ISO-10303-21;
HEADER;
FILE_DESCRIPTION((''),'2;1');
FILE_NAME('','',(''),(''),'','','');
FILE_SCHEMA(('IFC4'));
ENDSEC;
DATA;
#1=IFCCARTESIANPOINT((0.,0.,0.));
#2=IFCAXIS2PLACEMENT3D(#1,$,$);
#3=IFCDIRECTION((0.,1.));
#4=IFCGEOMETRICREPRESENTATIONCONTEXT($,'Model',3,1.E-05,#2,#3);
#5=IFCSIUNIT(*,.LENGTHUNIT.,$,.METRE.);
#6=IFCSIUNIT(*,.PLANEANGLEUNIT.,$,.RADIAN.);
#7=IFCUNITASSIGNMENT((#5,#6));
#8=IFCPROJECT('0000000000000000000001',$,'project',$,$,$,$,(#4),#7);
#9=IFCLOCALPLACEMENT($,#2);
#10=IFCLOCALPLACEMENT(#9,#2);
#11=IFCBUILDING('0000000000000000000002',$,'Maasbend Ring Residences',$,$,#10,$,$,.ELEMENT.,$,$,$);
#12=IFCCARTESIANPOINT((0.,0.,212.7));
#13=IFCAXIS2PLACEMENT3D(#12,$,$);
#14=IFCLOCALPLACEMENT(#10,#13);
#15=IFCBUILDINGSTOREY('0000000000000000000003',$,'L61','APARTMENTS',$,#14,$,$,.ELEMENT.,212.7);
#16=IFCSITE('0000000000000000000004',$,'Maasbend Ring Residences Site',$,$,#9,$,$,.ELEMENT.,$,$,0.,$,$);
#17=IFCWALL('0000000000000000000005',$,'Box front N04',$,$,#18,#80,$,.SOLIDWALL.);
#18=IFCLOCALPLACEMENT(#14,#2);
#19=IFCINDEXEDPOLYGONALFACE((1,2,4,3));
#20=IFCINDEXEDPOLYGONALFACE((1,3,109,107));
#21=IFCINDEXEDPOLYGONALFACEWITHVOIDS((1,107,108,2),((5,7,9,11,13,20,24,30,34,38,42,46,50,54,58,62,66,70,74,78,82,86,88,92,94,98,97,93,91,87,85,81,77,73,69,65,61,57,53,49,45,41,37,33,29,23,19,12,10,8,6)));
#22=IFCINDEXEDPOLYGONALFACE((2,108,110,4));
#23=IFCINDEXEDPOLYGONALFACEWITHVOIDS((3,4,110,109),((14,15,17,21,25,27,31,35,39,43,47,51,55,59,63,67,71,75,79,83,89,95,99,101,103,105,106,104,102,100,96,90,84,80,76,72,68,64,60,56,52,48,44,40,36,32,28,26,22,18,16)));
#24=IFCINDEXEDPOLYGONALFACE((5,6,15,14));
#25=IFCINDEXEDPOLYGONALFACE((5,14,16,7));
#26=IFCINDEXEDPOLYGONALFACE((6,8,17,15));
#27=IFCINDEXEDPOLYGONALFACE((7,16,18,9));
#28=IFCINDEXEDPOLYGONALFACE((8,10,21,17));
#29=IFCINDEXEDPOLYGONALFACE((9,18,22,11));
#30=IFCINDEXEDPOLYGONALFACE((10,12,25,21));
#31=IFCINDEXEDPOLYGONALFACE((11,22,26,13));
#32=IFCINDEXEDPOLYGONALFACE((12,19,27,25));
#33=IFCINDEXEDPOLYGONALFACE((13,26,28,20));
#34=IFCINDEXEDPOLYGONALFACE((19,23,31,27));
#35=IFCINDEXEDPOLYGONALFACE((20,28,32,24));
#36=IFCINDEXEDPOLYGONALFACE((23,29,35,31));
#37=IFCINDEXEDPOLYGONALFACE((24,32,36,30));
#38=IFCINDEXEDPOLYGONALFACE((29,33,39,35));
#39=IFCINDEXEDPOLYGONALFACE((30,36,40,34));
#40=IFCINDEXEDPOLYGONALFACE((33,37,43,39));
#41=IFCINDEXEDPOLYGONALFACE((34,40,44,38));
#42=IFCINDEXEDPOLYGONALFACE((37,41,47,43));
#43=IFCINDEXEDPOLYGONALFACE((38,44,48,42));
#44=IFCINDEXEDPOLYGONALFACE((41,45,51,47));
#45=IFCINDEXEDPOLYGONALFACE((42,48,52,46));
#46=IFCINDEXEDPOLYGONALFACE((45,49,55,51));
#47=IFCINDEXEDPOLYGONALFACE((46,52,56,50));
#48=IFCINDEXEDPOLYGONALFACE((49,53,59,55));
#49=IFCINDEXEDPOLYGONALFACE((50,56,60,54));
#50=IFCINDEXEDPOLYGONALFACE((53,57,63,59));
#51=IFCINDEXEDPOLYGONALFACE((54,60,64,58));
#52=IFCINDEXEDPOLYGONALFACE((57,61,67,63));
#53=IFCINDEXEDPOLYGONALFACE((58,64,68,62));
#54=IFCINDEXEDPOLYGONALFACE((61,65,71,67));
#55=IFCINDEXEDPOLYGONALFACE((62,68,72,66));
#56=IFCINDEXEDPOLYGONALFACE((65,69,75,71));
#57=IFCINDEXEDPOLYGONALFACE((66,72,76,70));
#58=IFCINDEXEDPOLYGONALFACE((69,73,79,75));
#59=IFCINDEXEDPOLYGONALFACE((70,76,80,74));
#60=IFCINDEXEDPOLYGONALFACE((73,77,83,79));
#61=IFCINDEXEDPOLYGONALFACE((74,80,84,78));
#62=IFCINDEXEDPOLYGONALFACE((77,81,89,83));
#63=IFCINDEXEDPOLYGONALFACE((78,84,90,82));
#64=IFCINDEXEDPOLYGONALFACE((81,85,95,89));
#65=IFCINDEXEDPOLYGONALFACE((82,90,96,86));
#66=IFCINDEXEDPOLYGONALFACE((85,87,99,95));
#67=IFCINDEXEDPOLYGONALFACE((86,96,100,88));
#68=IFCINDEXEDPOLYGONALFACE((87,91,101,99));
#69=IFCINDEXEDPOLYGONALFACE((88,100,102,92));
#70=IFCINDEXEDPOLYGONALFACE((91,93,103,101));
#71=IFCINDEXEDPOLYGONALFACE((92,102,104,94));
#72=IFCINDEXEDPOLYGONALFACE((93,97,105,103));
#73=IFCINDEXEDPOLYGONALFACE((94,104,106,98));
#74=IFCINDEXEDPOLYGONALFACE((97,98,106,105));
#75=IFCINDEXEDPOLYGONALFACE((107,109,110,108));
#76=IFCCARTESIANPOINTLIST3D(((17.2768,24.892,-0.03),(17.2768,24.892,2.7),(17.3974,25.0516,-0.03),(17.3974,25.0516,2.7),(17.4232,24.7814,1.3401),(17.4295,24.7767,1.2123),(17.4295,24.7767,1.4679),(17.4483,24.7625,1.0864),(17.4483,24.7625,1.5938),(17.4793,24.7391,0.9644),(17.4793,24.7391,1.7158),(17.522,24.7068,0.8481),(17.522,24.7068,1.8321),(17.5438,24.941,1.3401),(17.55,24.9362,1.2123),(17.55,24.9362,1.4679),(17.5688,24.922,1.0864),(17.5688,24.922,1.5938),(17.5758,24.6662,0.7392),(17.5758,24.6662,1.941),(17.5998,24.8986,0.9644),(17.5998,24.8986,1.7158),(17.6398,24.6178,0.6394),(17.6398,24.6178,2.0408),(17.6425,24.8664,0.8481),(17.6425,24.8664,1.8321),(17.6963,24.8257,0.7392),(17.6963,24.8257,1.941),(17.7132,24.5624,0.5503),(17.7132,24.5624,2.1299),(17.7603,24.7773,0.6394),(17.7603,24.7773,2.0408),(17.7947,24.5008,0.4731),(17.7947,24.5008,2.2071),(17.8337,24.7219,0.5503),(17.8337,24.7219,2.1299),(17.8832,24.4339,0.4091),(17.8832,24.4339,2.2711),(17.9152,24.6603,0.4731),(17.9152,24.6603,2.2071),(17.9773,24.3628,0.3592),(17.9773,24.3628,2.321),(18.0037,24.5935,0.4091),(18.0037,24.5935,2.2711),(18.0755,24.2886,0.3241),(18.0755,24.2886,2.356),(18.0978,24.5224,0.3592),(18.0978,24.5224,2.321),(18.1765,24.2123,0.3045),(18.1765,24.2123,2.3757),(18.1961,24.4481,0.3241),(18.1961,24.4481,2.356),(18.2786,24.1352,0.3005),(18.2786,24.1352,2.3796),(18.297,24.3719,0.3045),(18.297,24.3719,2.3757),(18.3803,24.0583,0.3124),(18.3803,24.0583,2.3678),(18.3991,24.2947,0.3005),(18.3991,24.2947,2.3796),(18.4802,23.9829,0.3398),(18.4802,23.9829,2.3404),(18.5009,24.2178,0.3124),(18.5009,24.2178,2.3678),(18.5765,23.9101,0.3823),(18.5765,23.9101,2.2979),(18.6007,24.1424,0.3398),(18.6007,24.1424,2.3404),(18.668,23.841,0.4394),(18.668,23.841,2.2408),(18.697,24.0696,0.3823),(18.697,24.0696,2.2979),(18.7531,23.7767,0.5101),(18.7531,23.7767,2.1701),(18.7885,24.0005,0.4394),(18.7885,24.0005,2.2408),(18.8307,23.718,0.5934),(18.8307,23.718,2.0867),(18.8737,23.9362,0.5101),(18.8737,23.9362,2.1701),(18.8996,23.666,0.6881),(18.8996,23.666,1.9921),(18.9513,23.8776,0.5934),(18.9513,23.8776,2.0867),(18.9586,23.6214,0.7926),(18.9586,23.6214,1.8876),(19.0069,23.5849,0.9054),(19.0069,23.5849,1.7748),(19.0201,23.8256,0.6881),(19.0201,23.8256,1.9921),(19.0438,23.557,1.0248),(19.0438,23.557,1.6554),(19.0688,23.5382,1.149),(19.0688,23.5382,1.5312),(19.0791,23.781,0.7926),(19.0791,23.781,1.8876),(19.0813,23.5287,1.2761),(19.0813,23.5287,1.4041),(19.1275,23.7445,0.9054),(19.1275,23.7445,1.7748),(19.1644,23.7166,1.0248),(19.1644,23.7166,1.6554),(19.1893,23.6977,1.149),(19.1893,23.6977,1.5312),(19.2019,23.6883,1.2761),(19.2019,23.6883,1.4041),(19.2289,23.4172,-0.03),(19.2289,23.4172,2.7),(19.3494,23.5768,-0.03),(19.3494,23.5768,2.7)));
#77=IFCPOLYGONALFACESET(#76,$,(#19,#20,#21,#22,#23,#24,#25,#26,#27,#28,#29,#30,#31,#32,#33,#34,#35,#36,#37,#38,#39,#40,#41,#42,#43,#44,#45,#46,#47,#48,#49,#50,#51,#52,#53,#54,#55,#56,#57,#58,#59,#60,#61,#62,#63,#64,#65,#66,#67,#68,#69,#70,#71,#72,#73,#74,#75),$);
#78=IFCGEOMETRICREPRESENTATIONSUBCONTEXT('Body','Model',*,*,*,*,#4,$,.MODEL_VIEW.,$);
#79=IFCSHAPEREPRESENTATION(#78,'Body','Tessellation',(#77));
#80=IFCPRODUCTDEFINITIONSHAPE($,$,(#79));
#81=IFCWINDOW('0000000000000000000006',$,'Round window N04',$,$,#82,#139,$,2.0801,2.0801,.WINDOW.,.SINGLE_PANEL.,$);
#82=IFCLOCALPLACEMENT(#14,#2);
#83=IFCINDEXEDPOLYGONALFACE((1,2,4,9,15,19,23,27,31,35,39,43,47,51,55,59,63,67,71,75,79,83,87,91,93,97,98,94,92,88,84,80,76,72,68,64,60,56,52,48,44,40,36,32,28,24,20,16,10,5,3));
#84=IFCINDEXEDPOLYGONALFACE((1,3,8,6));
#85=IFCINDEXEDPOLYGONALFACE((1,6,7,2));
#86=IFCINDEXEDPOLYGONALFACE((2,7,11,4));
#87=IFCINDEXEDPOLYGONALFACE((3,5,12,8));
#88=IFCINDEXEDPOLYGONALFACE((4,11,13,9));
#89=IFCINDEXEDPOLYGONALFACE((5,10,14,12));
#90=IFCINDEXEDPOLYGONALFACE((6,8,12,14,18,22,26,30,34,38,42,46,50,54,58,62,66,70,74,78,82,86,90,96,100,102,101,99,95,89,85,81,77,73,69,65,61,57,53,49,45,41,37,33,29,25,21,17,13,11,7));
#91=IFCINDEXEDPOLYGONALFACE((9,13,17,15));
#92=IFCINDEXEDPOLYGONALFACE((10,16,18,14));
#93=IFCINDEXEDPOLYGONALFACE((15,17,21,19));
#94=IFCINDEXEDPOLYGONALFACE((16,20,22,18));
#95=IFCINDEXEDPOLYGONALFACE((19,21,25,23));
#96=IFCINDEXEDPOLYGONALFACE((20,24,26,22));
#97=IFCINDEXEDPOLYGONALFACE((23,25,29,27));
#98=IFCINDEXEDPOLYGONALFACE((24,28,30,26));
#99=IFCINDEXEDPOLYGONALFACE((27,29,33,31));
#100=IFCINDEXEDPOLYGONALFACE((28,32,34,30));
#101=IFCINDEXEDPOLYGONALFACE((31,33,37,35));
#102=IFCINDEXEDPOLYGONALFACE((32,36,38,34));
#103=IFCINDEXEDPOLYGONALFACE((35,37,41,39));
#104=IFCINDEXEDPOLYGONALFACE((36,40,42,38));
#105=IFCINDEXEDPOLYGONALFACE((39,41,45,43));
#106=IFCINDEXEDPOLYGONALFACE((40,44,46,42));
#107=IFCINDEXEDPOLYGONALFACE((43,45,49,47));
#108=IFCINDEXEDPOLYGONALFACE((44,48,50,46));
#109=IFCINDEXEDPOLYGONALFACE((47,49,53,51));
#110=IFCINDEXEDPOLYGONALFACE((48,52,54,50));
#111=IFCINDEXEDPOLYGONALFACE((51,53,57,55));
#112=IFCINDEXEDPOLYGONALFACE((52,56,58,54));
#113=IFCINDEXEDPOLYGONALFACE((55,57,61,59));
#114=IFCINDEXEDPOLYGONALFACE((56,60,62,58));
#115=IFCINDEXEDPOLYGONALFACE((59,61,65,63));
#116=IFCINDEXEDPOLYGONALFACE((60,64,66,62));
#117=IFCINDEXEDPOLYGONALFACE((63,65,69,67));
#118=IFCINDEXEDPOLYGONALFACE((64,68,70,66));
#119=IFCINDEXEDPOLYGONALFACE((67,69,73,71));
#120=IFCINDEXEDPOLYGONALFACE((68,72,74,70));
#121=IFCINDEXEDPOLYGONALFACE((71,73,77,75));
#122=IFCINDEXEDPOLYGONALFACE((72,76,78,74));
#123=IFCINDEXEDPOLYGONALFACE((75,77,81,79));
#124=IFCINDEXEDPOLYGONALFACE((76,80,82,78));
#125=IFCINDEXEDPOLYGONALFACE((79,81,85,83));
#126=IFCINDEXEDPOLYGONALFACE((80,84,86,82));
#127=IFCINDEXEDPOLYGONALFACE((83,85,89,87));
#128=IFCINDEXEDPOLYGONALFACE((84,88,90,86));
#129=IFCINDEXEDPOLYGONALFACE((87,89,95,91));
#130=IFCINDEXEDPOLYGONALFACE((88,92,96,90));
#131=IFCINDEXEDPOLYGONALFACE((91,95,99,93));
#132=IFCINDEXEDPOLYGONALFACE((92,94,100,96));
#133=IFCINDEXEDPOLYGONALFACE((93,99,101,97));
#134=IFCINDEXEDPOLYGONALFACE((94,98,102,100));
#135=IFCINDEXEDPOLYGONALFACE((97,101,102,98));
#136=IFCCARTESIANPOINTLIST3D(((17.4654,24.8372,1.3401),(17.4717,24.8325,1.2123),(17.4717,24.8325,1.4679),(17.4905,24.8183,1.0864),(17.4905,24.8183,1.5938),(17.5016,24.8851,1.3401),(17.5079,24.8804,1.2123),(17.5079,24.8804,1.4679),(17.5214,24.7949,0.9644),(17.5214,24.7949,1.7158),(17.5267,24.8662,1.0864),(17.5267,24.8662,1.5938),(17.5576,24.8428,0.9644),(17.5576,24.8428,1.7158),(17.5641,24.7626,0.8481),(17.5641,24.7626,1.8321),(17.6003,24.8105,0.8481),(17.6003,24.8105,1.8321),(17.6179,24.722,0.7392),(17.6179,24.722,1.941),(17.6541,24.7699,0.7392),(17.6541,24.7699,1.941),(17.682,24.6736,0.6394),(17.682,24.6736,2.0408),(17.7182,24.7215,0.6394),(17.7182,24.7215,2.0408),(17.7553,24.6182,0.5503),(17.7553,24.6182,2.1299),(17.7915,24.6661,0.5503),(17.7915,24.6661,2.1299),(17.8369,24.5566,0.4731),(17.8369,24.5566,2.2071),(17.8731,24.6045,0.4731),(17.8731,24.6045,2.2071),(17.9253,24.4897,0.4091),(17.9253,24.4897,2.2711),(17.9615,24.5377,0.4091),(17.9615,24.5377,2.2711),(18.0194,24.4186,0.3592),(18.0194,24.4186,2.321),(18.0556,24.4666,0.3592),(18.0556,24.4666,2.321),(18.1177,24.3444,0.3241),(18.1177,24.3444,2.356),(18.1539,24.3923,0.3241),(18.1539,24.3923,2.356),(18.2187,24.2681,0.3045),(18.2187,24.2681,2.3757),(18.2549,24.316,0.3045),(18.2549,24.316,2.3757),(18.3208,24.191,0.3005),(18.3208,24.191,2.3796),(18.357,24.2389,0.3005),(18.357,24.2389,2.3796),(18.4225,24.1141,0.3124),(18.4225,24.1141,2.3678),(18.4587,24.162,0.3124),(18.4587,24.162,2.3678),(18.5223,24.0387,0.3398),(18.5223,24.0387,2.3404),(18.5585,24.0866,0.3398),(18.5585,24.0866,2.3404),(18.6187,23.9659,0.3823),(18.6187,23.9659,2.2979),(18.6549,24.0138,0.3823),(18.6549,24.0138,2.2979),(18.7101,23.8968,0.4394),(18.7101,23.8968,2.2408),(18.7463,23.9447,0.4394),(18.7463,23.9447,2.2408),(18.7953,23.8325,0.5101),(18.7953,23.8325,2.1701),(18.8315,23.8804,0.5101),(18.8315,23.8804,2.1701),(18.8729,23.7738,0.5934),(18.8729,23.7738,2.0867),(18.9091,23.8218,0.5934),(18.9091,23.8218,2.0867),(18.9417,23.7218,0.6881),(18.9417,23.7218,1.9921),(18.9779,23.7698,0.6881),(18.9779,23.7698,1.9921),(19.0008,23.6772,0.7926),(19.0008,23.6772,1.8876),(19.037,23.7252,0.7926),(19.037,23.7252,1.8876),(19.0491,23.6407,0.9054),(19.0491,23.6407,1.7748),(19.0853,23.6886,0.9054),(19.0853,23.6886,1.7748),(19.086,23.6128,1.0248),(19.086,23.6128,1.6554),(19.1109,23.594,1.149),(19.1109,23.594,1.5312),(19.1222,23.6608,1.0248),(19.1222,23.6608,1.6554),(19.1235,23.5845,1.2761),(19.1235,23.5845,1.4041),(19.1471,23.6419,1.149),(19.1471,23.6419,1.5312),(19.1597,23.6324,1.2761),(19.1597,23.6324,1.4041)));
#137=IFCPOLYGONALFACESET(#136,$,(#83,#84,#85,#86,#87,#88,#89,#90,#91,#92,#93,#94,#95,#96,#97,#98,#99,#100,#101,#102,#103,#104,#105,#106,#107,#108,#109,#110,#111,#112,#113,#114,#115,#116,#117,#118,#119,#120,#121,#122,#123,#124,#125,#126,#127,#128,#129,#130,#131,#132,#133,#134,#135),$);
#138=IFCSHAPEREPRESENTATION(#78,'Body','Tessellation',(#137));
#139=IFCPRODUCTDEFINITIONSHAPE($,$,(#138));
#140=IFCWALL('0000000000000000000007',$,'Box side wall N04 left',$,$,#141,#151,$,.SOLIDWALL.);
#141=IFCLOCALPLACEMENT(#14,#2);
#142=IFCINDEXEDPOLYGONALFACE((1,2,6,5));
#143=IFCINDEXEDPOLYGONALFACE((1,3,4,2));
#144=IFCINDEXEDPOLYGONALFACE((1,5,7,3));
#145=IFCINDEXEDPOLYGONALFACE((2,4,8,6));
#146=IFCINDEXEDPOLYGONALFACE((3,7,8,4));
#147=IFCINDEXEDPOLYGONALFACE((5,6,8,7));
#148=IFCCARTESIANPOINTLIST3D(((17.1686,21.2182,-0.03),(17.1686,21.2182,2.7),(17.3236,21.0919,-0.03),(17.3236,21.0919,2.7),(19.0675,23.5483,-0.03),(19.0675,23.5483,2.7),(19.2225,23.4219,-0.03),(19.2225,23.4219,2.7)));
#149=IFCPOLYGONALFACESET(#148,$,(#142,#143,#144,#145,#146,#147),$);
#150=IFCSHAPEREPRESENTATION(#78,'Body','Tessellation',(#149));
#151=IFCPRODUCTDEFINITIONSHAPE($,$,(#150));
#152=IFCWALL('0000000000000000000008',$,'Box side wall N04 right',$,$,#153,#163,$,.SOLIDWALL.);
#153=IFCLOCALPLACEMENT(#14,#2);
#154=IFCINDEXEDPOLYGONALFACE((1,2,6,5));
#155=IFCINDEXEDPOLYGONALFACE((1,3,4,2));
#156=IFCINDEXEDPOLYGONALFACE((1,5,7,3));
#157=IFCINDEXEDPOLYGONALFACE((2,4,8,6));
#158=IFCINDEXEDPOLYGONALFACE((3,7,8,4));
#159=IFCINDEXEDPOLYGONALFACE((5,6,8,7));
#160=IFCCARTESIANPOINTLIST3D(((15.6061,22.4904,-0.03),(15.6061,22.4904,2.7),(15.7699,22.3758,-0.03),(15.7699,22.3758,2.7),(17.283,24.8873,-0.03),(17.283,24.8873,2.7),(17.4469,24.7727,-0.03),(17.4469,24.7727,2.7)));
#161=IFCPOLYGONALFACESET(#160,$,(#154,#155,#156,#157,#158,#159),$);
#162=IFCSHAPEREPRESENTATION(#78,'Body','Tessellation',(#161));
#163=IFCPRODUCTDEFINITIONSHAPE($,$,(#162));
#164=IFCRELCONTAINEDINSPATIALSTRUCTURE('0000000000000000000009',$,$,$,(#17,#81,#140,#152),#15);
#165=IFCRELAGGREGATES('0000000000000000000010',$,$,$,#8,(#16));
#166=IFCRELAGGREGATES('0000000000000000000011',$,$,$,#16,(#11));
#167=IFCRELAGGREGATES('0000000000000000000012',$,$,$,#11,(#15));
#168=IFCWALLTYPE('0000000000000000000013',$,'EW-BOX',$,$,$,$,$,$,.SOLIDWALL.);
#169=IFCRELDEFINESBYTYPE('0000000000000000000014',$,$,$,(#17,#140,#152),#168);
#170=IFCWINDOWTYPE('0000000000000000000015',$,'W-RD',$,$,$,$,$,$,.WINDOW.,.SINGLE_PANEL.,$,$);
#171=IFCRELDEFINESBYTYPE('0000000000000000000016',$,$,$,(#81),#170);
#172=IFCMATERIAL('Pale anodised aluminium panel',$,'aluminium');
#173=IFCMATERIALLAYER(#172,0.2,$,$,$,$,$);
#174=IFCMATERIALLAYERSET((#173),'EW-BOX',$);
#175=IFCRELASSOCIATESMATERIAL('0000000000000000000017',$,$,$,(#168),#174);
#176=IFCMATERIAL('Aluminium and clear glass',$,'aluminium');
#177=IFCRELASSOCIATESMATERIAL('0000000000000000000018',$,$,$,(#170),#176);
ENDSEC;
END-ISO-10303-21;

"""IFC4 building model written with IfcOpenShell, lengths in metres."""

from ifc_helpers import new_model, si_unit, direction, frame, frame_2d, origin, place, context, subcontext, project, spatial, rectangle, circle, extrude, material, layer, layer_set, type_object, element, fill, save


model = new_model("IFC4")

# Units and contexts
model_context = context("Model", 3, precision=1e-05, world=origin(), true_north=direction((0.0, 1.0)))
body_context = subcontext(model_context, "Body", "Model", "MODEL_VIEW")
ifc_project = project(units=[si_unit("LENGTHUNIT", "METRE"), si_unit("PLANEANGLEUNIT", "RADIAN")], contexts=[model_context])

# Site, building, storey
site_placement = place(None, origin())
site = spatial("IfcSite", under=ifc_project, at=site_placement, Name="Maasbend Ring Residences Site", CompositionType="ELEMENT", RefElevation=0.0)
building_placement = place(site_placement, origin())
building = spatial("IfcBuilding", under=site, at=building_placement, Name="Maasbend Ring Residences", CompositionType="ELEMENT")
storey_placement = place(building_placement, frame((0.0, 0.0, 212.7)))
storey = spatial("IfcBuildingStorey", under=building, at=storey_placement, Name="L61", Description="APARTMENTS", CompositionType="ELEMENT", Elevation=212.7)

# Shared definitions
ifc_material_1 = material(Name="Pale anodised aluminium panel", Category="aluminium")
ifc_layer_1 = layer(ifc_material_1, 0.2)
ifc_layer_set_1 = layer_set([ifc_layer_1], Name="EW-BOX")
wall_type_1 = type_object("IfcWallType", Name="EW-BOX", PredefinedType="SOLIDWALL", material=ifc_layer_set_1)
ifc_material_2 = material(Name="Aluminium and clear glass", Category="aluminium")
window_type_1 = type_object("IfcWindowType", Name="W-RD", PartitioningType="SINGLE_PANEL", PredefinedType="WINDOW", material=ifc_material_2)

# Wall, opening, window
wall_1_placement = place(storey_placement, frame((19.2891, 23.4971, -0.03), z_axis=(0.0, 0.0, 1.0), x_axis=(-0.797888, 0.602806, 0.0)))
wall_1 = element("IfcWall", 1, at=wall_1_placement, inside=storey, type_object=wall_type_1, Name="Box front N04", PredefinedType="SOLIDWALL", context=body_context, shape_type="SweptSolid", body=[
    extrude(rectangle(XDim=2.4465, YDim=0.2, at=frame_2d((1.2231, 0.0))), origin(), (0.0, 0.0, 1.0), 2.73),
])
opening_1_placement = place(wall_1_placement, frame((0.1829, 0.0, 0.3301)))
opening_1 = element("IfcOpeningElement", 2, at=opening_1_placement, cuts=wall_1, PredefinedType="OPENING", context=body_context, shape_type="SweptSolid", body=[
    extrude(circle(Radius=1.04, at=frame_2d((1.04, 1.04))), frame((0.0, 0.1099, 0.0), z_axis=(0.0, -1.0, 0.0), x_axis=(1.0, 0.0, 0.0)), (0.0, 0.0, 1.0), 0.22),
])
window_1_placement = place(opening_1_placement, origin())
window_1 = element("IfcWindow", 3, at=window_1_placement, inside=storey, type_object=window_type_1, Name="Round window N04", OverallHeight=2.0801, OverallWidth=2.0801, PartitioningType="SINGLE_PANEL", PredefinedType="WINDOW", context=body_context, shape_type="SweptSolid", body=[
    extrude(circle(Radius=1.04, at=frame_2d((1.04, 1.04))), frame((0.0, 0.03, 0.0), z_axis=(0.0, -1.0, 0.0), x_axis=(1.0, 0.0, 0.0)), (0.0, 0.0, 1.0), 0.0601),
])
fill(opening_1, window_1)

# Walls
wall_2_placement = place(storey_placement, frame((17.2461, 21.155, -0.03), z_axis=(0.0, 0.0, 1.0), x_axis=(0.631742, 0.775179, 0.0)))
element("IfcWall", 4, at=wall_2_placement, inside=storey, type_object=wall_type_1, Name="Box side wall N04 left", PredefinedType="SOLIDWALL", context=body_context, shape_type="SweptSolid", body=[
    extrude(rectangle(XDim=3.0059, YDim=0.2, at=frame_2d((1.5029, 0.0))), origin(), (0.0, 0.0, 1.0), 2.73),
])
wall_3_placement = place(storey_placement, frame((15.688, 22.4331, -0.03), z_axis=(0.0, 0.0, 1.0), x_axis=(0.573261, 0.819373, 0.0)))
element("IfcWall", 5, at=wall_3_placement, inside=storey, type_object=wall_type_1, Name="Box side wall N04 right", PredefinedType="SOLIDWALL", context=body_context, shape_type="SweptSolid", body=[
    extrude(rectangle(XDim=2.9253, YDim=0.2, at=frame_2d((1.4626, 0.0))), origin(), (0.0, 0.0, 1.0), 2.73),
])

save(model, "model.ifc")
